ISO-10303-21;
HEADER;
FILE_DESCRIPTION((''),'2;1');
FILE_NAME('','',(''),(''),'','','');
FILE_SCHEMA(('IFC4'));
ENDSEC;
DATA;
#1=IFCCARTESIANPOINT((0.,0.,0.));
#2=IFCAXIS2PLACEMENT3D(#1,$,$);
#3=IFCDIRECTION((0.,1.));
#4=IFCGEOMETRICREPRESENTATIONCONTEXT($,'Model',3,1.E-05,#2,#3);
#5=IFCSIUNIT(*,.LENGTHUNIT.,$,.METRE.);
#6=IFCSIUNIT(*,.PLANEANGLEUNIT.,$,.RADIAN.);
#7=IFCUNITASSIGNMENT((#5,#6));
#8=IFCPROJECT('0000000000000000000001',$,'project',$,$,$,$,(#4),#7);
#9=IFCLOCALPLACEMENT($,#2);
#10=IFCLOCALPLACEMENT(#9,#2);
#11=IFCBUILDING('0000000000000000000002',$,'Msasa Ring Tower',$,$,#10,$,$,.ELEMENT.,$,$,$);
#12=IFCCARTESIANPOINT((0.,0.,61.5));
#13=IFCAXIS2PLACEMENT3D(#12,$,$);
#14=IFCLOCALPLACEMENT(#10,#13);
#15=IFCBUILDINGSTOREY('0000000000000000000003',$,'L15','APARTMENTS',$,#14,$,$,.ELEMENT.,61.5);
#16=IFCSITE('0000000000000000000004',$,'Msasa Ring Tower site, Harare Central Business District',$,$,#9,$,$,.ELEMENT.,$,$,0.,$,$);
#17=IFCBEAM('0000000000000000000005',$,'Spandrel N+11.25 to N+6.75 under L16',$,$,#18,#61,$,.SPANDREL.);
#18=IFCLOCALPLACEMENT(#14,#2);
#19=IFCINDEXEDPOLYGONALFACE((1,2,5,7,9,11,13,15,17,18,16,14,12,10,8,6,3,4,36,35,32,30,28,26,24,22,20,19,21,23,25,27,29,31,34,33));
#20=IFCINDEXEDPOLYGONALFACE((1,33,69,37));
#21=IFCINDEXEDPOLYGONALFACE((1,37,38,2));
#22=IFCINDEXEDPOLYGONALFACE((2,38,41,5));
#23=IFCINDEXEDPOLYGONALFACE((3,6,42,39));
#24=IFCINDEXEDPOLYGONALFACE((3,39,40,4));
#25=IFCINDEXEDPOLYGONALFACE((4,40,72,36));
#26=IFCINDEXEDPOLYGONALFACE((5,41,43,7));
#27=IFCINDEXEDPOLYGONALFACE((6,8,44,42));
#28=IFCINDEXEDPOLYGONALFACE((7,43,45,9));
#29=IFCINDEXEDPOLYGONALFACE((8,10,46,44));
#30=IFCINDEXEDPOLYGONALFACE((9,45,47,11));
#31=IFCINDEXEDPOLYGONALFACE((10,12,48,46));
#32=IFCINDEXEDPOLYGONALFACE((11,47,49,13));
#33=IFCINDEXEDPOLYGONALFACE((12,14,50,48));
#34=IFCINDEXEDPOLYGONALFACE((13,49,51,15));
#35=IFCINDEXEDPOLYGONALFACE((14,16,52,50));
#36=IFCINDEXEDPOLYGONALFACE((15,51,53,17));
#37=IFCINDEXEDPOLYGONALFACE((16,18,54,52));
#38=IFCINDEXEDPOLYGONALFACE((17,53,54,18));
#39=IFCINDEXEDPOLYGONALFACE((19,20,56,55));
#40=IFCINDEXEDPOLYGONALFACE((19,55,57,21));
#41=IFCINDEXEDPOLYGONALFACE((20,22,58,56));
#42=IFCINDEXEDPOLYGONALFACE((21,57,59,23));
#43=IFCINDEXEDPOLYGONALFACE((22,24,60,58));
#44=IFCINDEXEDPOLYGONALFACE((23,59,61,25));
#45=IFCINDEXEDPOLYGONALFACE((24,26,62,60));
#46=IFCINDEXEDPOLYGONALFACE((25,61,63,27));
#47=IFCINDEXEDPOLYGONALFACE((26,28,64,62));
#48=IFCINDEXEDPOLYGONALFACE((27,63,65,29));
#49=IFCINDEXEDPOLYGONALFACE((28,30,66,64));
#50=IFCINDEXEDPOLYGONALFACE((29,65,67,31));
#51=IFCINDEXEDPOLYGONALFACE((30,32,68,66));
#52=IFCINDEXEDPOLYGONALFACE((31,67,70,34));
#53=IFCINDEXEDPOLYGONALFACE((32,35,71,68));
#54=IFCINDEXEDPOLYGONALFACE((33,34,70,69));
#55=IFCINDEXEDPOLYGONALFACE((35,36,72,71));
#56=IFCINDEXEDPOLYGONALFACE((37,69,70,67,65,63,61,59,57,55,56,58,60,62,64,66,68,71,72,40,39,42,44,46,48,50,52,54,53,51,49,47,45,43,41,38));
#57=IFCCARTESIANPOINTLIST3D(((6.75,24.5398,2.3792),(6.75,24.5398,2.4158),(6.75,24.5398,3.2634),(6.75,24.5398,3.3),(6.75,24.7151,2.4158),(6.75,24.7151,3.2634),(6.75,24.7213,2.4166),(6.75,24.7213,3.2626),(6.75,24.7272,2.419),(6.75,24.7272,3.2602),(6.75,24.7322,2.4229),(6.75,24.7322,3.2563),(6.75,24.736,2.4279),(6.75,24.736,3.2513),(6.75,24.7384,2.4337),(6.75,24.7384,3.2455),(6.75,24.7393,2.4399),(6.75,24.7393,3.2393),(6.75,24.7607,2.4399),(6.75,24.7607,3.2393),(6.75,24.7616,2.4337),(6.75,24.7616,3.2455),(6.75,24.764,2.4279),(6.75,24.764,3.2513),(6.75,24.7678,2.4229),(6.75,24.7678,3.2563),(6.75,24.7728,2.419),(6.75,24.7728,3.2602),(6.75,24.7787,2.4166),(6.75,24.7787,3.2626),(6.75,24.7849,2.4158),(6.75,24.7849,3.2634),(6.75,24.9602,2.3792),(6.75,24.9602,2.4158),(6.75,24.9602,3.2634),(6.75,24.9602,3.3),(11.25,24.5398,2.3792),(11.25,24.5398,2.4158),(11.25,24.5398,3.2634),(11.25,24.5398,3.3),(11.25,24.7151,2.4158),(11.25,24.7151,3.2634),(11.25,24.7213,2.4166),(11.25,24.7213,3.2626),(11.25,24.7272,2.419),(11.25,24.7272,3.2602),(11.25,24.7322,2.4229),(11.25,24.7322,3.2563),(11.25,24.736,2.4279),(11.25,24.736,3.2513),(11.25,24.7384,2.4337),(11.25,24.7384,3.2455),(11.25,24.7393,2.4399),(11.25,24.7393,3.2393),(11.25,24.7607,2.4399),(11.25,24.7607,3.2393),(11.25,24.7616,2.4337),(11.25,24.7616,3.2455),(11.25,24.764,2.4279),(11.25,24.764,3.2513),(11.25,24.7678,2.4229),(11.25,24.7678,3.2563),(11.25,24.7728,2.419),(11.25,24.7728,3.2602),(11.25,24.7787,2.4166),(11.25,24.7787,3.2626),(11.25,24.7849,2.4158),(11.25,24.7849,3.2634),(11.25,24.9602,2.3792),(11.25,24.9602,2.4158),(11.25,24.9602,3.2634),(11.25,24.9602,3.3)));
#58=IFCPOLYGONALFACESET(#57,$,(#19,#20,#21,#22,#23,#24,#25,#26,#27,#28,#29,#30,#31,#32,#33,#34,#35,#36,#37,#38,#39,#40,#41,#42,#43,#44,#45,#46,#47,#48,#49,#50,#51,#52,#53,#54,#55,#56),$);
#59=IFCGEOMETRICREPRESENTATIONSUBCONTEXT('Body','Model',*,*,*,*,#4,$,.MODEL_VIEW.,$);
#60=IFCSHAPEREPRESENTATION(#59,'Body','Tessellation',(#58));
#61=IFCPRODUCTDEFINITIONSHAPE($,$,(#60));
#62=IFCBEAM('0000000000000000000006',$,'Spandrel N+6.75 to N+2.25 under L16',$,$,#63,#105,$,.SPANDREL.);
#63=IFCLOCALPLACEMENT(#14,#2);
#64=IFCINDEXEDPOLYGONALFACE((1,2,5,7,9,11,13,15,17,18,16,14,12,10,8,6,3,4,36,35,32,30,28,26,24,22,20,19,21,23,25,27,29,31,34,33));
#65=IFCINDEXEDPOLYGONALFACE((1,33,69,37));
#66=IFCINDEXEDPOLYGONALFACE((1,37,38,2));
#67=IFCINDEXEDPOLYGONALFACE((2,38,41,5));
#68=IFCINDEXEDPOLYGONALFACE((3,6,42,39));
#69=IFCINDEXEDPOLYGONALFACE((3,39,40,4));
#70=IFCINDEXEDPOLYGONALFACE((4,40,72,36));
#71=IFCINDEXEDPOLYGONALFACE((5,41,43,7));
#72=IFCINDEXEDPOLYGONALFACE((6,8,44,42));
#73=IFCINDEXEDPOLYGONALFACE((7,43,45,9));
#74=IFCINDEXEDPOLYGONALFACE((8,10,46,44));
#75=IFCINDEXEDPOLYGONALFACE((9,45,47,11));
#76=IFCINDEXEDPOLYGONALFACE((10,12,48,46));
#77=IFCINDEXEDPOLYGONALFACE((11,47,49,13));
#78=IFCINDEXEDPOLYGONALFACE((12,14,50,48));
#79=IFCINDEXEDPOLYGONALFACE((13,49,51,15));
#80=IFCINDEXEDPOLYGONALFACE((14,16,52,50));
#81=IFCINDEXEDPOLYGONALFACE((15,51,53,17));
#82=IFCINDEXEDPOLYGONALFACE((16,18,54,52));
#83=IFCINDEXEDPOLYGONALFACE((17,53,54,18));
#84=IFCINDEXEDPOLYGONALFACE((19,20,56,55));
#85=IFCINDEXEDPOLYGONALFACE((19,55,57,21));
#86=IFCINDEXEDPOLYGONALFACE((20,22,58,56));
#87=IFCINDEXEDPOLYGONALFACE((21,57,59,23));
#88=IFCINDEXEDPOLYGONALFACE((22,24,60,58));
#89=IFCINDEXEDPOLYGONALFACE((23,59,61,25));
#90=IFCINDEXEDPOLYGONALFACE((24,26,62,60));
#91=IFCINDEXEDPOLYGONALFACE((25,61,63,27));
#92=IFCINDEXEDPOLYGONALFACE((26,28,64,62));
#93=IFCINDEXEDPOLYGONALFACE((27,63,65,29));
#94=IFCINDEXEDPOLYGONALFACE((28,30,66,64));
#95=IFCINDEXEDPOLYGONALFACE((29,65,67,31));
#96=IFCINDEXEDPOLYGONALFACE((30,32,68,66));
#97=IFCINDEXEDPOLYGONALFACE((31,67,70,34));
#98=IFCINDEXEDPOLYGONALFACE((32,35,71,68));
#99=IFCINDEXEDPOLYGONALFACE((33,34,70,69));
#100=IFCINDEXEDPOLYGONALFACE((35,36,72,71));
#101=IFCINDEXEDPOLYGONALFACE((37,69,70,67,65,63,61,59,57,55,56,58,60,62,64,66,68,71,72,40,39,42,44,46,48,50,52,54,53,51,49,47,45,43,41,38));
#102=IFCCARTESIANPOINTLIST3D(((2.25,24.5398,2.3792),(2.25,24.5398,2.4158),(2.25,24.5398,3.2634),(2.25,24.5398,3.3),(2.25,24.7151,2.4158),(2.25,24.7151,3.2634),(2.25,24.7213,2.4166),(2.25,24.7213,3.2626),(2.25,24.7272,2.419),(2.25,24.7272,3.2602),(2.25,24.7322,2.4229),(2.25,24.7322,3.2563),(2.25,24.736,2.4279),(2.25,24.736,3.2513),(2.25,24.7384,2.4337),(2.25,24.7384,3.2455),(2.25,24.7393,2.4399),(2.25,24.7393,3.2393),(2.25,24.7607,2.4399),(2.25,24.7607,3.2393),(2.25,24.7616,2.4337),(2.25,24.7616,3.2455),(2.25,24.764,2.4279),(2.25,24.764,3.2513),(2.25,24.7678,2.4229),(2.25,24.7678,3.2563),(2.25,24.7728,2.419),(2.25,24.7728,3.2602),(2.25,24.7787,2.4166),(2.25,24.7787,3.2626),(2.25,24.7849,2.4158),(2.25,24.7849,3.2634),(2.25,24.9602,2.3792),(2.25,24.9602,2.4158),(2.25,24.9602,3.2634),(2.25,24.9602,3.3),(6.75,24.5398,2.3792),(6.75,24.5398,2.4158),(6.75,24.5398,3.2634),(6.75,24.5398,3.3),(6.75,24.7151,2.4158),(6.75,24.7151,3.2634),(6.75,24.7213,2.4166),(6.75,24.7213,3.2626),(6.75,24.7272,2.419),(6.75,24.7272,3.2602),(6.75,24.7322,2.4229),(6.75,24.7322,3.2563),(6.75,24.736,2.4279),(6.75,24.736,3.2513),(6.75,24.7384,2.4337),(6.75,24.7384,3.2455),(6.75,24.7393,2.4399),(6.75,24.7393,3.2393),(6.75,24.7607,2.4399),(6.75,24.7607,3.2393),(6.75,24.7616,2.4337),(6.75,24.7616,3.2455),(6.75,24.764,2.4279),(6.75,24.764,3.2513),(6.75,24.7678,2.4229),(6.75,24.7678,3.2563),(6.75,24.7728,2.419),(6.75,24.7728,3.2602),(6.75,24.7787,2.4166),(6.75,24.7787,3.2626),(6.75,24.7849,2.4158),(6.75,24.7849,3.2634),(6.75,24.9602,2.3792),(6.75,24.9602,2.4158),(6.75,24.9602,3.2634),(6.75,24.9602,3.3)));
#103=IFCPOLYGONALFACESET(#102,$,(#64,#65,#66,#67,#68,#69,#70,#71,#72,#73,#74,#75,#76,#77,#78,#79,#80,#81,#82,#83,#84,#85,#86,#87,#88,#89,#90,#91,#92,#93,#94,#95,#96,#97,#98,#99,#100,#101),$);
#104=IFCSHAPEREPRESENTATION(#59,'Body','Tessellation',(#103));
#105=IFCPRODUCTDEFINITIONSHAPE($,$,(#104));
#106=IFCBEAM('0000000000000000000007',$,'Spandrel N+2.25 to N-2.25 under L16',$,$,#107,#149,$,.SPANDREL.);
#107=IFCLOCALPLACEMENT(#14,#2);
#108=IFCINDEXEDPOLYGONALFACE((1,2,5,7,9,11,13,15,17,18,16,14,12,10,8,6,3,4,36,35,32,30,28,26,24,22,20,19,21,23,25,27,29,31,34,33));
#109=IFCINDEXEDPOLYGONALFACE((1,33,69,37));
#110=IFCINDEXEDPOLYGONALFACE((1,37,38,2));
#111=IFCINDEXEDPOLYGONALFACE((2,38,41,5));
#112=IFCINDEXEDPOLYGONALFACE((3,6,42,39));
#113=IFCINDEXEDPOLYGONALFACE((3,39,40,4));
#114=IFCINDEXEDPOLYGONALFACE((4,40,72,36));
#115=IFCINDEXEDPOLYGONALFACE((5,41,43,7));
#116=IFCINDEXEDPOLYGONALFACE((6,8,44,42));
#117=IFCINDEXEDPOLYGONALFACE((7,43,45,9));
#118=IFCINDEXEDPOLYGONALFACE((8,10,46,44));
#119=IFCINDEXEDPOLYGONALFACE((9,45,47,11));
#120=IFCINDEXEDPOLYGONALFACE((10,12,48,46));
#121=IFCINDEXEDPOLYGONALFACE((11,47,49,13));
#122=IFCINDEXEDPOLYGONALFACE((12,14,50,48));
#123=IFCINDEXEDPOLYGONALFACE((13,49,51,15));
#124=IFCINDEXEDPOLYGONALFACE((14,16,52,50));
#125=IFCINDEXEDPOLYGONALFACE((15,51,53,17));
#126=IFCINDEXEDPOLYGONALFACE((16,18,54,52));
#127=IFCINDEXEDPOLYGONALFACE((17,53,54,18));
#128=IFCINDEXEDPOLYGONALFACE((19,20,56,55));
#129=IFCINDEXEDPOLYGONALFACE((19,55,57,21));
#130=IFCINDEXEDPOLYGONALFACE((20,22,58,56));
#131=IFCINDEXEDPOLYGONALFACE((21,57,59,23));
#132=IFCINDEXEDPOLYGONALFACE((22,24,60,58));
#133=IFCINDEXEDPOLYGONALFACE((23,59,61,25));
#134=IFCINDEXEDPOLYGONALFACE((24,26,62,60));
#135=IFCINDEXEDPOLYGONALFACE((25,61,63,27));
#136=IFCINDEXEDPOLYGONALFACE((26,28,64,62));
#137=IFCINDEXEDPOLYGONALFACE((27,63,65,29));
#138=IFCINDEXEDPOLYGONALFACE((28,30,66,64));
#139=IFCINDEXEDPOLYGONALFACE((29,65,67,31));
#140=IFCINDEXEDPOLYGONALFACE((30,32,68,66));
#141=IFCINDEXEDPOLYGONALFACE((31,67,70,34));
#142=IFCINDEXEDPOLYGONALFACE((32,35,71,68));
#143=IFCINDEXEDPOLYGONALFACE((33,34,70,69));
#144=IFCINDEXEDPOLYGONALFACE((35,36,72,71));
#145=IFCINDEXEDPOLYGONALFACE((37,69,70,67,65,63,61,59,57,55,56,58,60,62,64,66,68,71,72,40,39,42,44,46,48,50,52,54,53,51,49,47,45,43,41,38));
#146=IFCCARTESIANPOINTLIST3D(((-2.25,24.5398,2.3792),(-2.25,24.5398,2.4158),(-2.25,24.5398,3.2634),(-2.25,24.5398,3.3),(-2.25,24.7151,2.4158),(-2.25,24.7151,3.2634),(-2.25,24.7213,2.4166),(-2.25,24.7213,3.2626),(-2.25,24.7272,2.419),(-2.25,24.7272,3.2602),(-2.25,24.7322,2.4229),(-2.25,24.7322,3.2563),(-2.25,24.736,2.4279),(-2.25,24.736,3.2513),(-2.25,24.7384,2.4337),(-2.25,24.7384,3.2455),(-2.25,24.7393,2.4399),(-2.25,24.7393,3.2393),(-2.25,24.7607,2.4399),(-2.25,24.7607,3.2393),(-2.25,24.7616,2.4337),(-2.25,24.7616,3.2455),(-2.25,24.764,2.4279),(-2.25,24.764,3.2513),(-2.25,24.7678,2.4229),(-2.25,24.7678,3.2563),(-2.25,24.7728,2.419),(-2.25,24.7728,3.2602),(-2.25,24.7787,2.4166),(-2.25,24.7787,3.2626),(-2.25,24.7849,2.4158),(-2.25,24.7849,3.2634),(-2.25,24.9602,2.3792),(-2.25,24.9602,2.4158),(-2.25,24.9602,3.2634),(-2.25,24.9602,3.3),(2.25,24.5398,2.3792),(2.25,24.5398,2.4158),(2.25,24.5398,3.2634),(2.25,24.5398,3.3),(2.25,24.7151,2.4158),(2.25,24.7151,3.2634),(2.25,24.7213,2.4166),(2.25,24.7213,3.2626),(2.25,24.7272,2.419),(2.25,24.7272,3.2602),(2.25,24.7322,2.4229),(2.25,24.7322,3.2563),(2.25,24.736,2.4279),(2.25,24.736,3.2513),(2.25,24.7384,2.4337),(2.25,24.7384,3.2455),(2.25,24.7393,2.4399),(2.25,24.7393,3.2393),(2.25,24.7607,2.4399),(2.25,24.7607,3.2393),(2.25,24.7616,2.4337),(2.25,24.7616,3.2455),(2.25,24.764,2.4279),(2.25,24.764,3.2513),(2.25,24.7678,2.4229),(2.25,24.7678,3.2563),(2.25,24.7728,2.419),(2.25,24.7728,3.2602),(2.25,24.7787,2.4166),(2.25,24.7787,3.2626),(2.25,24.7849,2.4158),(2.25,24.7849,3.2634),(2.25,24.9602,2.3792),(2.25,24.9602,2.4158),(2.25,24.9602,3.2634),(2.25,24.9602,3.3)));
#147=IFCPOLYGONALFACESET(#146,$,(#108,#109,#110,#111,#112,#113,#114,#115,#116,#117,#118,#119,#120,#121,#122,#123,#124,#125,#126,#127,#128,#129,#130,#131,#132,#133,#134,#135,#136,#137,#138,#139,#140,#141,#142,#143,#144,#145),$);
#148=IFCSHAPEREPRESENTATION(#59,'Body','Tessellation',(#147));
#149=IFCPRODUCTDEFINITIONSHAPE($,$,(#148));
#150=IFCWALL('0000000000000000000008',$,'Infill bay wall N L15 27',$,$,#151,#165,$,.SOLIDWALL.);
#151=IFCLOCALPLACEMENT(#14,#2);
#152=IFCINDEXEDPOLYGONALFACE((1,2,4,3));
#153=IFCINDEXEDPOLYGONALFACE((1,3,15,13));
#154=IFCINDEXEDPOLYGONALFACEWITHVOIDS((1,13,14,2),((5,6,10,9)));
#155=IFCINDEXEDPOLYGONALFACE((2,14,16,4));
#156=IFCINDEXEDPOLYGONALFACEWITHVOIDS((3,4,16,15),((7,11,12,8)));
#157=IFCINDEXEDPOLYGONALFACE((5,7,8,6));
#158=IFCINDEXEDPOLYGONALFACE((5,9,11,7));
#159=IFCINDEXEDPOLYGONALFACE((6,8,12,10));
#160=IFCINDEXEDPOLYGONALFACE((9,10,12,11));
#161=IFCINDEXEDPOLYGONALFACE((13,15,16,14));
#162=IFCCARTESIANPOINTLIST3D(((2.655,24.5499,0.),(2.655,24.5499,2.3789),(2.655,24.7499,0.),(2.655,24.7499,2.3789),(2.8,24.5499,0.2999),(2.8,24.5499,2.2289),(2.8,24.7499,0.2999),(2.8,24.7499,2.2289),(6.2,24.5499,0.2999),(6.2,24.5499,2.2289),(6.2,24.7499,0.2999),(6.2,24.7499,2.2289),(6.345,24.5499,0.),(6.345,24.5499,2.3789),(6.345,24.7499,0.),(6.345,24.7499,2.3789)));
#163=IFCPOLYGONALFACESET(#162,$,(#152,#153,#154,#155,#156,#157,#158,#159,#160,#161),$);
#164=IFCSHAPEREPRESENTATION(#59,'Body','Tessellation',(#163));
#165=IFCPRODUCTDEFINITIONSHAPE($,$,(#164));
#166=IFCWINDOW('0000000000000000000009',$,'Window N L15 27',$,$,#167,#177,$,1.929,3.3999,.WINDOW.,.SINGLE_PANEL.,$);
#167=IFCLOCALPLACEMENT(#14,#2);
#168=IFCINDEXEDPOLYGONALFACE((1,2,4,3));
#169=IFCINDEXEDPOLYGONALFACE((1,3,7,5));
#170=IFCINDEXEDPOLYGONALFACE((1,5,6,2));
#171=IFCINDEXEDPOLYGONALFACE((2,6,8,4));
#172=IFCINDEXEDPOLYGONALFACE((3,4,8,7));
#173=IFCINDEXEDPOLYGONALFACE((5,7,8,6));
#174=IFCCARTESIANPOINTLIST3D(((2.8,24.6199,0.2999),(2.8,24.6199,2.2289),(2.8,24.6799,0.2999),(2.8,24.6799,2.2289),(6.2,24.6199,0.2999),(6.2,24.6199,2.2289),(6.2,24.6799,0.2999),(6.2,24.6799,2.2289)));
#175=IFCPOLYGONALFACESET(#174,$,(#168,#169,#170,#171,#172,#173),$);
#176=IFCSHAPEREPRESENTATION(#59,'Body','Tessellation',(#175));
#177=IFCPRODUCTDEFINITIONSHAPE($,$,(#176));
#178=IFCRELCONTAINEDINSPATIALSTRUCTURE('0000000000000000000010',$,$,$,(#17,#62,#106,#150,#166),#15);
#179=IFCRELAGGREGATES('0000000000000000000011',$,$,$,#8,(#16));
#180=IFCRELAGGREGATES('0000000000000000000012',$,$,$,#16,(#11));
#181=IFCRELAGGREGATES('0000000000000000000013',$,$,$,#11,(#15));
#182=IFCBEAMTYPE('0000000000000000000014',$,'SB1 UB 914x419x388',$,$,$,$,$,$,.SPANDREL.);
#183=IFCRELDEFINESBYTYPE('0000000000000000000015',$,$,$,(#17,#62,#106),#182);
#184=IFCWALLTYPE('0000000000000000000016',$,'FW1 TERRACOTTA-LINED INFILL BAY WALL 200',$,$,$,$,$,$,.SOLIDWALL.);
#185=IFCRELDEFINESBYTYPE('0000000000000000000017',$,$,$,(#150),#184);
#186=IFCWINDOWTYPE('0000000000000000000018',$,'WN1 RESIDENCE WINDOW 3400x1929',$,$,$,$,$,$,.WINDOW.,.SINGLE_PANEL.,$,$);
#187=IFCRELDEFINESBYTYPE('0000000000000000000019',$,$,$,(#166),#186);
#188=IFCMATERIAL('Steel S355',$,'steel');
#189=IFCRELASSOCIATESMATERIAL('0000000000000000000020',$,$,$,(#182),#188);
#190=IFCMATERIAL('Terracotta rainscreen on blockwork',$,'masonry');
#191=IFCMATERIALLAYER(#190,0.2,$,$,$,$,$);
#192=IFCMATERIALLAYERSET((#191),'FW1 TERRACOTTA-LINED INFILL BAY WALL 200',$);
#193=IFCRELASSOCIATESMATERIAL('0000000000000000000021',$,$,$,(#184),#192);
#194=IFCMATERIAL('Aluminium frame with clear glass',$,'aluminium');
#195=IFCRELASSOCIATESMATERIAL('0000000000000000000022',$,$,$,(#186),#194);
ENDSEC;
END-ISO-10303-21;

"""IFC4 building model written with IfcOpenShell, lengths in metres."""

from ifc_helpers import new_model, si_unit, direction, frame, frame_2d, origin, origin_2d, place, context, subcontext, project, spatial, rectangle, i_section, extrude, material, layer, layer_set, material_profile, profile_set, type_object, element, fill, save


model = new_model("IFC4")

# Units and contexts
model_context = context("Model", 3, precision=1e-05, world=origin(), true_north=direction((0.0, 1.0)))
body_context = subcontext(model_context, "Body", "Model", "MODEL_VIEW")
ifc_project = project(units=[si_unit("LENGTHUNIT", "METRE"), si_unit("PLANEANGLEUNIT", "RADIAN")], contexts=[model_context])

# Site, building, storey
site_placement = place(None, origin())
site = spatial("IfcSite", under=ifc_project, at=site_placement, Name="Msasa Ring Tower site, Harare Central Business District", CompositionType="ELEMENT", RefElevation=0.0)
building_placement = place(site_placement, origin())
building = spatial("IfcBuilding", under=site, at=building_placement, Name="Msasa Ring Tower", CompositionType="ELEMENT")
storey_placement = place(building_placement, frame((0.0, 0.0, 61.5)))
storey = spatial("IfcBuildingStorey", under=building, at=storey_placement, Name="L15", Description="APARTMENTS", CompositionType="ELEMENT", Elevation=61.5)

# Beams
ifc_material_1 = material(Name="Steel S355", Category="steel")
ifc_material_profile_1 = material_profile(ifc_material_1, i_section(OverallWidth=0.4204, OverallDepth=0.9209, WebThickness=0.0215, FlangeThickness=0.0366, FilletRadius=0.0242, at=origin_2d()), Name="UB 914x419x388")
ifc_profile_set_1 = profile_set([ifc_material_profile_1], Name="Steel S355")
beam_type_1 = type_object("IfcBeamType", Name="SB1 UB 914x419x388", PredefinedType="SPANDREL", material=ifc_profile_set_1)
for number, where, z_axis, x_axis, name in (
    (1, (11.25, 24.75, 2.8396), (-1.0, 0.0, 0.0), (0.0, -1.0, 0.0), "Spandrel N+11.25 to N+6.75 under L16"),
    (2, (6.75, 24.75, 2.8396), (-1.0, 0.0, 0.0), (0.0, -1.0, 0.0), "Spandrel N+6.75 to N+2.25 under L16"),
    (3, (2.25, 24.75, 2.8396), (-1.0, 0.0, 0.0), (0.0, -1.0, 0.0), "Spandrel N+2.25 to N-2.25 under L16"),
):
    element("IfcBeam", number, at=place(storey_placement, frame(where, z_axis=z_axis, x_axis=x_axis)), inside=storey, type_object=beam_type_1, Name=name, PredefinedType="SPANDREL", context=body_context, shape_type="SweptSolid", body=[
        extrude(i_section(OverallWidth=0.4204, OverallDepth=0.9209, WebThickness=0.0215, FlangeThickness=0.0366, FilletRadius=0.0242, at=origin_2d()), origin(), (0.0, 0.0, 1.0), 4.5),
    ])

# Wall, opening, window
ifc_material_2 = material(Name="Terracotta rainscreen on blockwork", Category="masonry")
ifc_layer_1 = layer(ifc_material_2, 0.2)
ifc_layer_set_1 = layer_set([ifc_layer_1], Name="FW1 TERRACOTTA-LINED INFILL BAY WALL 200")
wall_type_1 = type_object("IfcWallType", Name="FW1 TERRACOTTA-LINED INFILL BAY WALL 200", PredefinedType="SOLIDWALL", material=ifc_layer_set_1)
wall_1_placement = place(storey_placement, frame((2.655, 24.6499, 0.0), z_axis=(0.0, 0.0, 1.0), x_axis=(1.0, 0.0, 0.0)))
wall_1 = element("IfcWall", 4, at=wall_1_placement, inside=storey, type_object=wall_type_1, Name="Infill bay wall N L15 27", PredefinedType="SOLIDWALL", context=body_context, shape_type="SweptSolid", body=[
    extrude(rectangle(XDim=3.6899, YDim=0.2, at=frame_2d((1.845, 0.0))), origin(), (0.0, 0.0, 1.0), 2.3789),
])
opening_1_placement = place(wall_1_placement, frame((0.145, 0.0, 0.3)))
opening_1 = element("IfcOpeningElement", 5, at=opening_1_placement, cuts=wall_1, PredefinedType="OPENING", context=body_context, shape_type="SweptSolid", body=[
    extrude(rectangle(XDim=3.3999, YDim=1.929, at=frame_2d((1.7, 0.9644))), frame((0.0, 0.1099, 0.0), z_axis=(0.0, -1.0, 0.0), x_axis=(1.0, 0.0, 0.0)), (0.0, 0.0, 1.0), 0.22),
])
ifc_material_3 = material(Name="Aluminium frame with clear glass", Category="aluminium")
window_type = type_object("IfcWindowType", Name="WN1 RESIDENCE WINDOW 3400x1929", PartitioningType="SINGLE_PANEL", PredefinedType="WINDOW", material=ifc_material_3)
window_1_placement = place(opening_1_placement, origin())
window_1 = element("IfcWindow", 6, at=window_1_placement, inside=storey, type_object=window_type, Name="Window N L15 27", OverallHeight=1.929, OverallWidth=3.3999, PartitioningType="SINGLE_PANEL", PredefinedType="WINDOW", context=body_context, shape_type="SweptSolid", body=[
    extrude(rectangle(XDim=3.3999, YDim=1.929, at=frame_2d((1.7, 0.9644))), frame((0.0, 0.03, 0.0), z_axis=(0.0, -1.0, 0.0), x_axis=(1.0, 0.0, 0.0)), (0.0, 0.0, 1.0), 0.0601),
])
fill(opening_1, window_1)

save(model, "model.ifc")
